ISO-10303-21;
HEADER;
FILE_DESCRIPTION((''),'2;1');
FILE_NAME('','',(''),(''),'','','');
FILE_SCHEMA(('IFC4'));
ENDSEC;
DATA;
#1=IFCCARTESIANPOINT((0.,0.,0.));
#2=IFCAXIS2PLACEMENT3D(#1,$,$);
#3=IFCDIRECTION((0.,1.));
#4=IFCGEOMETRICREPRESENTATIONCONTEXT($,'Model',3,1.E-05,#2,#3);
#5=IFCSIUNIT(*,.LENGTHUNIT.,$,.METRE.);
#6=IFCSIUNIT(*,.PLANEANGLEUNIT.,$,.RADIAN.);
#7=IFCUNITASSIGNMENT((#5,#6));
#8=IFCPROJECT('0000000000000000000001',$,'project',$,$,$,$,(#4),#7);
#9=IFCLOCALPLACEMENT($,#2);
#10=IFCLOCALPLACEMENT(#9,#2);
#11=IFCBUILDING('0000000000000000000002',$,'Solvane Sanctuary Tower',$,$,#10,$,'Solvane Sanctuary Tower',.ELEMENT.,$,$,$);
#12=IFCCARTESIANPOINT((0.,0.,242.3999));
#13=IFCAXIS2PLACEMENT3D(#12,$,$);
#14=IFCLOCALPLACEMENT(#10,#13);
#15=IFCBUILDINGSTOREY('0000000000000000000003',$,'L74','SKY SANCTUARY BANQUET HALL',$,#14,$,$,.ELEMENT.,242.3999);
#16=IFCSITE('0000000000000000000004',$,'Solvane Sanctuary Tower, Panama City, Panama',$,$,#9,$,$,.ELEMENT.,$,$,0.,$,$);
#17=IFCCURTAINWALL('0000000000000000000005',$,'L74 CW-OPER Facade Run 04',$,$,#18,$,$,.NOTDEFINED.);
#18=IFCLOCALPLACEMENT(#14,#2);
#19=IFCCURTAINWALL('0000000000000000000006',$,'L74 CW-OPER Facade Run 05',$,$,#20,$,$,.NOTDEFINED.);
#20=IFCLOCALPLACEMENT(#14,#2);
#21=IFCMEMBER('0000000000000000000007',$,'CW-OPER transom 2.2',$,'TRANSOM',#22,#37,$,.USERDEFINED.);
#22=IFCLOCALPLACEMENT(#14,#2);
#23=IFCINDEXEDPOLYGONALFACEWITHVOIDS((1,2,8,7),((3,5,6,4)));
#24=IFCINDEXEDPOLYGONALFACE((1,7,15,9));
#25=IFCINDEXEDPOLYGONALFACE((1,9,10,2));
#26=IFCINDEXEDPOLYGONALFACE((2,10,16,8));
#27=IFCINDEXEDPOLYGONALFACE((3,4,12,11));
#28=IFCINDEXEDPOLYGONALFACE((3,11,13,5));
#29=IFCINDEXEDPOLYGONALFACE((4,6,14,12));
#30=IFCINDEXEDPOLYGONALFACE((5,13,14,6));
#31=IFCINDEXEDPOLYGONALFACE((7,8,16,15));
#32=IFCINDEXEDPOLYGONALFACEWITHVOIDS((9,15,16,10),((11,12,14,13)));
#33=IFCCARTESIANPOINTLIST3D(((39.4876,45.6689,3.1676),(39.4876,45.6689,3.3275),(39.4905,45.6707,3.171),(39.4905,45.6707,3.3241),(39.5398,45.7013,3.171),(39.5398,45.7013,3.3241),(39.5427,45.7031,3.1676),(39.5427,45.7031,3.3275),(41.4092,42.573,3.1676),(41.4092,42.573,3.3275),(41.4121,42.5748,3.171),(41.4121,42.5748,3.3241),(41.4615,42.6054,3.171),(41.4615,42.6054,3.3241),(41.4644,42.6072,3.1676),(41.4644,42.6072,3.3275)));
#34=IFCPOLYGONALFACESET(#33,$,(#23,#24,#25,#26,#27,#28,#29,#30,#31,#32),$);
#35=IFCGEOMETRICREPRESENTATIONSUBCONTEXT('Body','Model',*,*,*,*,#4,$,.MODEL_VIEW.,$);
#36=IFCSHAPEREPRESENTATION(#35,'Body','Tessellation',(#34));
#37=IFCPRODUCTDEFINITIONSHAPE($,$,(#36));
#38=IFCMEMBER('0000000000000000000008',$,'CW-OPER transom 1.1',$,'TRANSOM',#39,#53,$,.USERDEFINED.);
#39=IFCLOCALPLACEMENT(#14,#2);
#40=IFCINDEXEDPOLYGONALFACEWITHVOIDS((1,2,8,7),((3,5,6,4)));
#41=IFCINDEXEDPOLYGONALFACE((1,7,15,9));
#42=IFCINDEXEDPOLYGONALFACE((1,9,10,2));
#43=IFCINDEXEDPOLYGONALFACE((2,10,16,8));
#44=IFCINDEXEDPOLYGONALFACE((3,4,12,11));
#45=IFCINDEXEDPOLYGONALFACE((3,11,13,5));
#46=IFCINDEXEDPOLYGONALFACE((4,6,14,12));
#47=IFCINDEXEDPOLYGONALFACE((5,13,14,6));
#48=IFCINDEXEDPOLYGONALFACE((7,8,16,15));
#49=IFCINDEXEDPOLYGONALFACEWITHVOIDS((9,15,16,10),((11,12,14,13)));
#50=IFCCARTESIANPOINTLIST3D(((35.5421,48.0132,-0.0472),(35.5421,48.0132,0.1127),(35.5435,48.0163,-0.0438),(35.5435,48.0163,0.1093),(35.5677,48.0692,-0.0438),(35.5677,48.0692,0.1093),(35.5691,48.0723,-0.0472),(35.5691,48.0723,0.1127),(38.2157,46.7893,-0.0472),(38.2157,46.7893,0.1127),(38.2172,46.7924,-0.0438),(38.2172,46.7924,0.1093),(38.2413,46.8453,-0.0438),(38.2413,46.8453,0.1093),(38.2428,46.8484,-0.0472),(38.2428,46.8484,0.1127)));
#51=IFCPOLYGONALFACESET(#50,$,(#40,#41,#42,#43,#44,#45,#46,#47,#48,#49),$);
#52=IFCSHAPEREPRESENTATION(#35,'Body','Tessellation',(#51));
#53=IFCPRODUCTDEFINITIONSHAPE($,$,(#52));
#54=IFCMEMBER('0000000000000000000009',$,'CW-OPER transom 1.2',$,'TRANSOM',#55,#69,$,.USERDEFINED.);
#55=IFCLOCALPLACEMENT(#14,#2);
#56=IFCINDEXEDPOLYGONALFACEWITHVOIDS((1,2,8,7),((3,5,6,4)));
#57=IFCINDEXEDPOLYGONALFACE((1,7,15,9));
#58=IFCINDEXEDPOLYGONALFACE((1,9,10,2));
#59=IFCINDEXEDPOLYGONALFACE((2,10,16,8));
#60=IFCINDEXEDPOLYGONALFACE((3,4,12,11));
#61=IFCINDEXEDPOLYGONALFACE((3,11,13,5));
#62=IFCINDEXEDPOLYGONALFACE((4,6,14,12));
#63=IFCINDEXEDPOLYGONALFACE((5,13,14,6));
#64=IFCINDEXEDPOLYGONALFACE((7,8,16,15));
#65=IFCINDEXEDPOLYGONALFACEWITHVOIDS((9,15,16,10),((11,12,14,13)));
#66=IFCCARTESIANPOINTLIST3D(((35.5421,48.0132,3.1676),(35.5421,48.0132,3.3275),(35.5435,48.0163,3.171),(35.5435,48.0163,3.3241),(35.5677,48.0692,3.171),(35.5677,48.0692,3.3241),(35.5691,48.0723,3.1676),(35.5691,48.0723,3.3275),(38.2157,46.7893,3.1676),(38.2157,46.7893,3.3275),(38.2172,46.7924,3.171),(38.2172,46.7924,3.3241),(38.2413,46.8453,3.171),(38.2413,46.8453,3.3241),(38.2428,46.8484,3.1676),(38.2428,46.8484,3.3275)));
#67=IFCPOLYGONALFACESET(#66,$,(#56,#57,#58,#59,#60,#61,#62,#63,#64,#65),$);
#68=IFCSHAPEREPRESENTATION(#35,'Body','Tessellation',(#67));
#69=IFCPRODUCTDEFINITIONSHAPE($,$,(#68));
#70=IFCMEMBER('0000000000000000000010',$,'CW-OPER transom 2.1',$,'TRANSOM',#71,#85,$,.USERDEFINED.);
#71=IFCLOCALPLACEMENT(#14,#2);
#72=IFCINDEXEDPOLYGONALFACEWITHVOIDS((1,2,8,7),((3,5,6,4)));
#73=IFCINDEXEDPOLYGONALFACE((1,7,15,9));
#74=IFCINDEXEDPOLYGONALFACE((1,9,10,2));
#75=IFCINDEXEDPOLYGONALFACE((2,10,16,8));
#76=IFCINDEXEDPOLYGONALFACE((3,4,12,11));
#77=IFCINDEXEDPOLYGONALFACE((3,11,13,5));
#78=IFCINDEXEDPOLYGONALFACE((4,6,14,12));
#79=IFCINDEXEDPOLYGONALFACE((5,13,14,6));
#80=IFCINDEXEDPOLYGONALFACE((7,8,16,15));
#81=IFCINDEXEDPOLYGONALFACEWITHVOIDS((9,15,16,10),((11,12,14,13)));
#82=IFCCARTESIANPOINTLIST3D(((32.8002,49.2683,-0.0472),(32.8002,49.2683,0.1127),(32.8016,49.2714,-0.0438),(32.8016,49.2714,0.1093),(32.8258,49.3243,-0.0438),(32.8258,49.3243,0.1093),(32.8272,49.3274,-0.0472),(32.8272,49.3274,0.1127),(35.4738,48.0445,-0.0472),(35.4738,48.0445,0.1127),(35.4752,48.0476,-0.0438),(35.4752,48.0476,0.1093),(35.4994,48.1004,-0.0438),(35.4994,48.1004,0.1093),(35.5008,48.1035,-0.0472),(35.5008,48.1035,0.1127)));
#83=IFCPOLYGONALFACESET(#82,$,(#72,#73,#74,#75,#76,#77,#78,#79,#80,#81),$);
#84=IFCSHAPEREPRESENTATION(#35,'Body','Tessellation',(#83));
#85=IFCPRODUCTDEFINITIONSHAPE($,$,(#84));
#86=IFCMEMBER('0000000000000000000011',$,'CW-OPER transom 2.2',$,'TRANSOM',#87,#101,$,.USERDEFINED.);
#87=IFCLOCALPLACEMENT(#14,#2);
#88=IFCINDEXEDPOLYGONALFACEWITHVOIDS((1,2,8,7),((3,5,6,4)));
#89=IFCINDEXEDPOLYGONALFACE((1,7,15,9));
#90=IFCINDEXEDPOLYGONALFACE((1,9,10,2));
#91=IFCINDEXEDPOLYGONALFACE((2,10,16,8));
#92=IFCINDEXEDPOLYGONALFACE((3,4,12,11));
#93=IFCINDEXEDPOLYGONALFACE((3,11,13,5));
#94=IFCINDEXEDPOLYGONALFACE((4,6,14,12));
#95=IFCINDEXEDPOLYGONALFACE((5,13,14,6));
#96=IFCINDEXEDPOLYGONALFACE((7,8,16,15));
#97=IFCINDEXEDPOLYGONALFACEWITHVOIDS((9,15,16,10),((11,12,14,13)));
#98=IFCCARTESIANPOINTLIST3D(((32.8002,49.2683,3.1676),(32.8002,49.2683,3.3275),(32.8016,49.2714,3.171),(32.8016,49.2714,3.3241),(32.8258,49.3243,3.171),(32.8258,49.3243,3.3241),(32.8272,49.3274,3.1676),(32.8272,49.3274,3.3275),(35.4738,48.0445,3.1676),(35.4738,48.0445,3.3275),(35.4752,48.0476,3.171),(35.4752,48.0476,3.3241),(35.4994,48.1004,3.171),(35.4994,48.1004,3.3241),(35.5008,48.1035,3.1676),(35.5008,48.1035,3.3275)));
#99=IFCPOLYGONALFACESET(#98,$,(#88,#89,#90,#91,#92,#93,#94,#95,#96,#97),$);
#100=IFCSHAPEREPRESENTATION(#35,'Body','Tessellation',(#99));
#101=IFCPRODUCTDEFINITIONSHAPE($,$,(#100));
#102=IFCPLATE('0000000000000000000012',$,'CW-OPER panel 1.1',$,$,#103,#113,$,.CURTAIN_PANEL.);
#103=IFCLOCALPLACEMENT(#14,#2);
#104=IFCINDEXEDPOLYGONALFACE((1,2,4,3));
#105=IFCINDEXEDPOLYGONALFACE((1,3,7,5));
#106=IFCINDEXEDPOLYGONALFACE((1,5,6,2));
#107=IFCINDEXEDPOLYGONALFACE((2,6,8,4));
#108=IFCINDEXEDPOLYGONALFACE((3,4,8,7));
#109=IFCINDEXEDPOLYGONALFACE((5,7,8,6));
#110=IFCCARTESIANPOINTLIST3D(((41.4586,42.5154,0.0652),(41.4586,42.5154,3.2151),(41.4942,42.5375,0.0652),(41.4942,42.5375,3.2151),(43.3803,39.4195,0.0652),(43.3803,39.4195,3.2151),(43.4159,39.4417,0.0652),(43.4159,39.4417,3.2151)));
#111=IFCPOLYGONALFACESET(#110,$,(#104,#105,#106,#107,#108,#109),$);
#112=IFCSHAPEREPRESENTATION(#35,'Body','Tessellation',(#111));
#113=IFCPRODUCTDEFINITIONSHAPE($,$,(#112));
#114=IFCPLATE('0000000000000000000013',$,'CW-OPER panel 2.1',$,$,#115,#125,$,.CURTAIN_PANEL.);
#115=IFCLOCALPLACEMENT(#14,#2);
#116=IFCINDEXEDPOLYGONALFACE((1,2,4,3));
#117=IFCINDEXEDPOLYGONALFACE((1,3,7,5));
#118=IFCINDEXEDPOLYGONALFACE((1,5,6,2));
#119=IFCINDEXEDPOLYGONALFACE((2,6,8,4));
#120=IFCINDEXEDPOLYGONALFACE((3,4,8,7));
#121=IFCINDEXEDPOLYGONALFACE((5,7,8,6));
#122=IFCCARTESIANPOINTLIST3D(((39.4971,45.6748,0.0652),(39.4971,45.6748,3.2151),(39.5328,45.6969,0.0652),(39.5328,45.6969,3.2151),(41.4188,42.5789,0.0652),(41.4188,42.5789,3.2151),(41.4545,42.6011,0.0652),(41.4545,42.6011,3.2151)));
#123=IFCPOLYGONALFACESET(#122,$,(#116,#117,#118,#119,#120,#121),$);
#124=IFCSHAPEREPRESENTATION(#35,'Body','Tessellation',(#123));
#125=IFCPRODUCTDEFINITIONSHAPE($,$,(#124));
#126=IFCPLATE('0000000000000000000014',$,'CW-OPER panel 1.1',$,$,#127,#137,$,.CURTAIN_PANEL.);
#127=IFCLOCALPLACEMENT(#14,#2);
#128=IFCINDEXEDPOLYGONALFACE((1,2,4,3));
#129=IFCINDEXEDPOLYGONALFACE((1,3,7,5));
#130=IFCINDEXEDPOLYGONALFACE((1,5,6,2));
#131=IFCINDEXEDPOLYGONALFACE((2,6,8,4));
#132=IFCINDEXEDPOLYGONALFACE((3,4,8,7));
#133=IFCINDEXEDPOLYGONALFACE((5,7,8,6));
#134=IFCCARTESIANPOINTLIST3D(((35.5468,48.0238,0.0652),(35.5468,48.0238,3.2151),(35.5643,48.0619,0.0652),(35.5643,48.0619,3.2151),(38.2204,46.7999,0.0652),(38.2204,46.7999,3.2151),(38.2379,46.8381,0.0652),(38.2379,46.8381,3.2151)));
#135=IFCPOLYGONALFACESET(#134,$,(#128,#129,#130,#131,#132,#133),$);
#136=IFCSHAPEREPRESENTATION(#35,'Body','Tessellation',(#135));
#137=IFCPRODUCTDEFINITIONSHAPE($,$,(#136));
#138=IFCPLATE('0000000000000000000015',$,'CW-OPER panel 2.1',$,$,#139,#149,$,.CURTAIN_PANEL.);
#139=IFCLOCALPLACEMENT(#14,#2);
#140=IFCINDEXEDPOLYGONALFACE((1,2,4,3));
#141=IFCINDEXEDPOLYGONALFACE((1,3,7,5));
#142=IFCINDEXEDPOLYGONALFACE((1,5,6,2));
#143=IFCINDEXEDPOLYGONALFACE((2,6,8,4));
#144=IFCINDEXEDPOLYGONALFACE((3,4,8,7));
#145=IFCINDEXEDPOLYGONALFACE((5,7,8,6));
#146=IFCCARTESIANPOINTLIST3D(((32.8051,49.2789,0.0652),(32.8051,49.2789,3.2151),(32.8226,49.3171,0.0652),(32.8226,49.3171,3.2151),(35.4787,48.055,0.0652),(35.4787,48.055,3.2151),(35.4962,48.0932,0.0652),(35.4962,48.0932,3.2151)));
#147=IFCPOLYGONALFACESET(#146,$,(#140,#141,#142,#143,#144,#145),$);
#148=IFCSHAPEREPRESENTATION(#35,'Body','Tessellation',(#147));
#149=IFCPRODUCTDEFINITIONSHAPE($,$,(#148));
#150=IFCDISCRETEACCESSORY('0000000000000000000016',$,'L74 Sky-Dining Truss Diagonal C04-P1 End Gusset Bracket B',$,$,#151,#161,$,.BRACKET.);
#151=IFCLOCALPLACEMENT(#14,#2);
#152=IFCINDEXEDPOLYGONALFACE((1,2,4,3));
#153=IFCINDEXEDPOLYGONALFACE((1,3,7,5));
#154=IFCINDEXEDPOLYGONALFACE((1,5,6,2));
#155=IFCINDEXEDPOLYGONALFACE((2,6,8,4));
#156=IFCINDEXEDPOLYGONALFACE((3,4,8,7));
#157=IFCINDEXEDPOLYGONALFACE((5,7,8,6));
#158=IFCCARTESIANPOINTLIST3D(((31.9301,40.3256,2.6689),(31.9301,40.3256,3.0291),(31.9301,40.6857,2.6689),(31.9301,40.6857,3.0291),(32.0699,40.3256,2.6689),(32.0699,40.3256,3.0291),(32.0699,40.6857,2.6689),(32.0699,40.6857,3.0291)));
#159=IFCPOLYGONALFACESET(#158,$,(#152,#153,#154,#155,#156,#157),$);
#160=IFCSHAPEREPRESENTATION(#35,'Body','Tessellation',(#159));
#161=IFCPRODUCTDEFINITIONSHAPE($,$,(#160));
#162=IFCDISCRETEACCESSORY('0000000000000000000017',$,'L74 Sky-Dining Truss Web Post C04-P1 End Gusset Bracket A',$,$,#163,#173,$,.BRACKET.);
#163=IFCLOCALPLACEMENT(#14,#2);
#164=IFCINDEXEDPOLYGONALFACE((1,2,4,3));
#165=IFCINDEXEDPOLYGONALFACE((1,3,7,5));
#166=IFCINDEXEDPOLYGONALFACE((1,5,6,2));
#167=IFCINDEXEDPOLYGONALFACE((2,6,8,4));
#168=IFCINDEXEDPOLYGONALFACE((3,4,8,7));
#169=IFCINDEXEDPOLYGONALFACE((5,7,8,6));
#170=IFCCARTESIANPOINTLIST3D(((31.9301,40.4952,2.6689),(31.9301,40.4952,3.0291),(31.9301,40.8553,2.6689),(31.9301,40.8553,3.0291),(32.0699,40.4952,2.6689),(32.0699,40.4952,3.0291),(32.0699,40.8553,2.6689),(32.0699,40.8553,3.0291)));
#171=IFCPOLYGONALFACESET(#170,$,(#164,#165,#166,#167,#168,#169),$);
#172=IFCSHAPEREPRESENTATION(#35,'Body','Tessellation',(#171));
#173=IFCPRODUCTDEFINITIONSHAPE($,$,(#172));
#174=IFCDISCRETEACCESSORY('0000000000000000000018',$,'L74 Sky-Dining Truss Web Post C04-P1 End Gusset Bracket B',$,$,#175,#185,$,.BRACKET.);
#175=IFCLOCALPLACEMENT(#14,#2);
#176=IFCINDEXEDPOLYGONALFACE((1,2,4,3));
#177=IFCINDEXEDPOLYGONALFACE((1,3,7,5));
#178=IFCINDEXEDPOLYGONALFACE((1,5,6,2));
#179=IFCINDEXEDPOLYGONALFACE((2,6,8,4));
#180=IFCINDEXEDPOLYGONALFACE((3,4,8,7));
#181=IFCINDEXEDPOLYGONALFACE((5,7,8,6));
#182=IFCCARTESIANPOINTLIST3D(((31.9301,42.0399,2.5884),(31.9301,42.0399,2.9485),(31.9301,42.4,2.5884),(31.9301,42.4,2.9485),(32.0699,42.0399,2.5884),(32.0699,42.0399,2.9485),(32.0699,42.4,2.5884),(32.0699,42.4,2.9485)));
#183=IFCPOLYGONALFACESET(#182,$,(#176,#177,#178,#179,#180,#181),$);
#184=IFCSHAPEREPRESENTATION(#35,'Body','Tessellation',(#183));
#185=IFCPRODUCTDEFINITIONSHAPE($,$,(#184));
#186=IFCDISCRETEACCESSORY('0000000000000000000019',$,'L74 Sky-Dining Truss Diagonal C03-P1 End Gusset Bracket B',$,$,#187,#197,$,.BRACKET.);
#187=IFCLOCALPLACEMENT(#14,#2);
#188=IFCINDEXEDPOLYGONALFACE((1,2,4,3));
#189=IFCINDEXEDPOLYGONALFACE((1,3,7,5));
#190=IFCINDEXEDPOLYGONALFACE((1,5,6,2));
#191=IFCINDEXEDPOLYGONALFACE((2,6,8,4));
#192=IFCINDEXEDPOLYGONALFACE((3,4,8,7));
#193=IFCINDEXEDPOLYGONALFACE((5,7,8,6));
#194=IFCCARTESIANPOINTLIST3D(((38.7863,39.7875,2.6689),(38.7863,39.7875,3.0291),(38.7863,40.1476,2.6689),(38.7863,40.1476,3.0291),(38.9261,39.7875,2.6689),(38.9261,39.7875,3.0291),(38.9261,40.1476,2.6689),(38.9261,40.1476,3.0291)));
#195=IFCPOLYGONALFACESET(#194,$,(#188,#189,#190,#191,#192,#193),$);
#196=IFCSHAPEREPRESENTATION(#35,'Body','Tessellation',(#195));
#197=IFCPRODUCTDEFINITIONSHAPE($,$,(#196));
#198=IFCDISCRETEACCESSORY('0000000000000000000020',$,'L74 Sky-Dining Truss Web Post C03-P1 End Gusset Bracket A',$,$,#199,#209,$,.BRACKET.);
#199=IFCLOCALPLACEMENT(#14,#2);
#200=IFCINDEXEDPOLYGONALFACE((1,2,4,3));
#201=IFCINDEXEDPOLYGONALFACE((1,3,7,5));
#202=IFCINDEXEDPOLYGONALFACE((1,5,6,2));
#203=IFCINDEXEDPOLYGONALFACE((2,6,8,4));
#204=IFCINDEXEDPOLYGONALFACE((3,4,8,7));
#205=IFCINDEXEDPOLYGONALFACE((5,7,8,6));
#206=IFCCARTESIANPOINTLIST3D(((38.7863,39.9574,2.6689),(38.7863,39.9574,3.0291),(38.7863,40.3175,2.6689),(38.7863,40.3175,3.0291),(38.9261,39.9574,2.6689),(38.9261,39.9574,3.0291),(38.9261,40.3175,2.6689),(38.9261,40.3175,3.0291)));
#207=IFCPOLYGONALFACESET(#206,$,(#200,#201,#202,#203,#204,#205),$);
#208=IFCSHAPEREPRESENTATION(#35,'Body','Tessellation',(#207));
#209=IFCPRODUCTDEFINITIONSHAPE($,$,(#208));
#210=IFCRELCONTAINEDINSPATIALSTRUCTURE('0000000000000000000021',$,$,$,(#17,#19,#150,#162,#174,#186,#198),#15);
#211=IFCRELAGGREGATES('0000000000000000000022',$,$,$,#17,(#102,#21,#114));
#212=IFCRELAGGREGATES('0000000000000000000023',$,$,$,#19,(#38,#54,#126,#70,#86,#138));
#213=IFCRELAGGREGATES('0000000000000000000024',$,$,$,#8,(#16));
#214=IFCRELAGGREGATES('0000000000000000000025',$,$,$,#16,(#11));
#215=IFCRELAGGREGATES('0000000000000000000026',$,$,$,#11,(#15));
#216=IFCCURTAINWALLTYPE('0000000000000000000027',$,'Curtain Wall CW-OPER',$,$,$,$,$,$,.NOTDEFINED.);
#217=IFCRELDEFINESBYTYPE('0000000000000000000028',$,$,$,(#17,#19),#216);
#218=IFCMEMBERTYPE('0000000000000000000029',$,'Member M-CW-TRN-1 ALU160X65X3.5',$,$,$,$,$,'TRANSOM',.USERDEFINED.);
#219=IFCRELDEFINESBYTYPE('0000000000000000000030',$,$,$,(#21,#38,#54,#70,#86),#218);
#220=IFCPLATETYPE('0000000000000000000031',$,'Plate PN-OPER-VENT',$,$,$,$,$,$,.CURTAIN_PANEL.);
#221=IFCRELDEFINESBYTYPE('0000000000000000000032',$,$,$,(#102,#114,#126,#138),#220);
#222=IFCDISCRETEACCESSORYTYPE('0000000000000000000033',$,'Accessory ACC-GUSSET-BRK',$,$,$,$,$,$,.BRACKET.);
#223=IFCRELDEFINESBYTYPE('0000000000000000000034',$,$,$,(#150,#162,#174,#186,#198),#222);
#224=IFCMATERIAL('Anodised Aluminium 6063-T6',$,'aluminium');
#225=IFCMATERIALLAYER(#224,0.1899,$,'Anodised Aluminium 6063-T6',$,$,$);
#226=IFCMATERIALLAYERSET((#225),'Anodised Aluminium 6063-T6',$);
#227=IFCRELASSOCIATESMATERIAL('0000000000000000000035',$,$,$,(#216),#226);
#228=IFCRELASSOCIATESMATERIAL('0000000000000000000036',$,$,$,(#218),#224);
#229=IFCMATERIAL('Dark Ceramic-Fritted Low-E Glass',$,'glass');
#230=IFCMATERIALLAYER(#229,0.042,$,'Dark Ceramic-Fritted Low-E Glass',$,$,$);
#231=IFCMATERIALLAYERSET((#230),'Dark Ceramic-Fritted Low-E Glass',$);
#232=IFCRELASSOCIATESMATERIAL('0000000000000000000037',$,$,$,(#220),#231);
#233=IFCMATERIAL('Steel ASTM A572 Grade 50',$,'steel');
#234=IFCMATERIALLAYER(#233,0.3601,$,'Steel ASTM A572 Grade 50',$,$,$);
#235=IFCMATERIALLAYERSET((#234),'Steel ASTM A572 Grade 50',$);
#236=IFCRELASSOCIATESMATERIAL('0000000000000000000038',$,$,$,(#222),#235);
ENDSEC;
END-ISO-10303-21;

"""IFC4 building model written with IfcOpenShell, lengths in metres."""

from ifc_helpers import new_model, si_unit, direction, frame, origin, origin_2d, place, context, subcontext, project, spatial, rectangle, hollow_rectangle, extrude, material, layer, layer_set, material_profile, profile_set, type_object, element, aggregate, save


model = new_model("IFC4")

# Units and contexts
model_context = context("Model", 3, precision=1e-05, world=origin(), true_north=direction((0.0, 1.0)))
body_context = subcontext(model_context, "Body", "Model", "MODEL_VIEW")
ifc_project = project(units=[si_unit("LENGTHUNIT", "METRE"), si_unit("PLANEANGLEUNIT", "RADIAN")], contexts=[model_context])

# Site, building, storey
site_placement = place(None, origin())
site = spatial("IfcSite", under=ifc_project, at=site_placement, Name="Solvane Sanctuary Tower, Panama City, Panama", CompositionType="ELEMENT", RefElevation=0.0)
building_placement = place(site_placement, origin())
building = spatial("IfcBuilding", under=site, at=building_placement, Name="Solvane Sanctuary Tower", LongName="Solvane Sanctuary Tower", CompositionType="ELEMENT")
storey_placement = place(building_placement, frame((0.0, 0.0, 242.3999)))
storey = spatial("IfcBuildingStorey", under=building, at=storey_placement, Name="L74", Description="SKY SANCTUARY BANQUET HALL", CompositionType="ELEMENT", Elevation=242.3999)

# Curtain walls
ifc_material_1 = material(Name="Anodised Aluminium 6063-T6", Category="aluminium")
ifc_layer_1 = layer(ifc_material_1, 0.1899, Name="Anodised Aluminium 6063-T6")
ifc_layer_set_1 = layer_set([ifc_layer_1], Name="Anodised Aluminium 6063-T6")
curtain_wall_type = type_object("IfcCurtainWallType", Name="Curtain Wall CW-OPER", PredefinedType="NOTDEFINED", material=ifc_layer_set_1)
curtain_wall_1_placement = place(storey_placement, origin())
curtain_wall_1 = element("IfcCurtainWall", 1, at=curtain_wall_1_placement, inside=storey, type_object=curtain_wall_type, Name="L74 CW-OPER Facade Run 04", PredefinedType="NOTDEFINED")
curtain_wall_2_placement = place(storey_placement, origin())
curtain_wall_2 = element("IfcCurtainWall", 2, at=curtain_wall_2_placement, inside=storey, type_object=curtain_wall_type, Name="L74 CW-OPER Facade Run 05", PredefinedType="NOTDEFINED")

# Members
ifc_material_profile_1 = material_profile(ifc_material_1, hollow_rectangle(XDim=0.0649, YDim=0.1599, WallThickness=0.0034, at=origin_2d()), Name="ALU160X65X3.5")
ifc_profile_set_1 = profile_set([ifc_material_profile_1], Name="Anodised Aluminium 6063-T6")
member_type_1 = type_object("IfcMemberType", Name="Member M-CW-TRN-1 ALU160X65X3.5", ElementType="TRANSOM", PredefinedType="USERDEFINED", material=ifc_profile_set_1)
member_1_placement = place(storey_placement, frame((41.4368, 42.5901, 3.2476), z_axis=(-0.527365, 0.849639, 0.0), x_axis=(-0.849639, -0.527365, 0.0)))
member_1 = element("IfcMember", 3, at=member_1_placement, type_object=member_type_1, Name="CW-OPER transom 2.2", ObjectType="TRANSOM", PredefinedType="USERDEFINED", context=body_context, shape_type="SweptSolid", body=[
    extrude(hollow_rectangle(XDim=0.0649, YDim=0.1599, WallThickness=0.0034, at=origin_2d()), origin(), (0.0, 0.0, 1.0), 3.6438),
])
member_2_placement = place(storey_placement, frame((38.2292, 46.8188, 0.0327), z_axis=(-0.90926, 0.416229, 0.0), x_axis=(-0.416229, -0.90926, 0.0)))
member_2 = element("IfcMember", 4, at=member_2_placement, type_object=member_type_1, Name="CW-OPER transom 1.1", ObjectType="TRANSOM", PredefinedType="USERDEFINED", context=body_context, shape_type="SweptSolid", body=[
    extrude(hollow_rectangle(XDim=0.0649, YDim=0.1599, WallThickness=0.0034, at=origin_2d()), origin(), (0.0, 0.0, 1.0), 2.9404),
])
member_3_placement = place(storey_placement, frame((38.2292, 46.8188, 3.2476), z_axis=(-0.90926, 0.416229, 0.0), x_axis=(-0.416229, -0.90926, 0.0)))
member_3 = element("IfcMember", 5, at=member_3_placement, type_object=member_type_1, Name="CW-OPER transom 1.2", ObjectType="TRANSOM", PredefinedType="USERDEFINED", context=body_context, shape_type="SweptSolid", body=[
    extrude(hollow_rectangle(XDim=0.0649, YDim=0.1599, WallThickness=0.0034, at=origin_2d()), origin(), (0.0, 0.0, 1.0), 2.9404),
])
member_4_placement = place(storey_placement, frame((35.4873, 48.074, 0.0327), z_axis=(-0.90926, 0.416229, 0.0), x_axis=(-0.416229, -0.90926, 0.0)))
member_4 = element("IfcMember", 6, at=member_4_placement, type_object=member_type_1, Name="CW-OPER transom 2.1", ObjectType="TRANSOM", PredefinedType="USERDEFINED", context=body_context, shape_type="SweptSolid", body=[
    extrude(hollow_rectangle(XDim=0.0649, YDim=0.1599, WallThickness=0.0034, at=origin_2d()), origin(), (0.0, 0.0, 1.0), 2.9404),
])
member_5_placement = place(storey_placement, frame((35.4873, 48.074, 3.2476), z_axis=(-0.90926, 0.416229, 0.0), x_axis=(-0.416229, -0.90926, 0.0)))
member_5 = element("IfcMember", 7, at=member_5_placement, type_object=member_type_1, Name="CW-OPER transom 2.2", ObjectType="TRANSOM", PredefinedType="USERDEFINED", context=body_context, shape_type="SweptSolid", body=[
    extrude(hollow_rectangle(XDim=0.0649, YDim=0.1599, WallThickness=0.0034, at=origin_2d()), origin(), (0.0, 0.0, 1.0), 2.9404),
])

# Plates
ifc_material_2 = material(Name="Dark Ceramic-Fritted Low-E Glass", Category="glass")
ifc_layer_2 = layer(ifc_material_2, 0.042, Name="Dark Ceramic-Fritted Low-E Glass")
ifc_layer_set_2 = layer_set([ifc_layer_2], Name="Dark Ceramic-Fritted Low-E Glass")
plate_type = type_object("IfcPlateType", Name="Plate PN-OPER-VENT", PredefinedType="CURTAIN_PANEL", material=ifc_layer_set_2)
plate_1_placement = place(storey_placement, frame((42.4373, 40.9785, 0.0652), z_axis=(0.0, 0.0, 1.0), x_axis=(-0.527392, 0.849622, 0.0)))
plate_1 = element("IfcPlate", 8, at=plate_1_placement, type_object=plate_type, Name="CW-OPER panel 1.1", PredefinedType="CURTAIN_PANEL", context=body_context, shape_type="SweptSolid", body=[
    extrude(rectangle(XDim=3.6438, YDim=0.042, at=origin_2d()), origin(), (0.0, 0.0, 1.0), 3.1499),
])
plate_2_placement = place(storey_placement, frame((40.4758, 44.1379, 0.0652), z_axis=(0.0, 0.0, 1.0), x_axis=(-0.527392, 0.849622, 0.0)))
plate_2 = element("IfcPlate", 9, at=plate_2_placement, type_object=plate_type, Name="CW-OPER panel 2.1", PredefinedType="CURTAIN_PANEL", context=body_context, shape_type="SweptSolid", body=[
    extrude(rectangle(XDim=3.6438, YDim=0.042, at=origin_2d()), origin(), (0.0, 0.0, 1.0), 3.1499),
])
aggregate(curtain_wall_1, [plate_1, member_1, plate_2])
plate_3_placement = place(storey_placement, frame((36.8923, 47.4309, 0.0652), z_axis=(0.0, 0.0, 1.0), x_axis=(-0.909262, 0.416225, 0.0)))
plate_3 = element("IfcPlate", 10, at=plate_3_placement, type_object=plate_type, Name="CW-OPER panel 1.1", PredefinedType="CURTAIN_PANEL", context=body_context, shape_type="SweptSolid", body=[
    extrude(rectangle(XDim=2.9404, YDim=0.042, at=origin_2d()), origin(), (0.0, 0.0, 1.0), 3.1499),
])
plate_4_placement = place(storey_placement, frame((34.1506, 48.686, 0.0652), z_axis=(0.0, 0.0, 1.0), x_axis=(-0.909262, 0.416225, 0.0)))
plate_4 = element("IfcPlate", 11, at=plate_4_placement, type_object=plate_type, Name="CW-OPER panel 2.1", PredefinedType="CURTAIN_PANEL", context=body_context, shape_type="SweptSolid", body=[
    extrude(rectangle(XDim=2.9404, YDim=0.042, at=origin_2d()), origin(), (0.0, 0.0, 1.0), 3.1499),
])
aggregate(curtain_wall_2, [member_2, member_3, plate_3, member_4, member_5, plate_4])

# Discrete accessories
ifc_material_3 = material(Name="Steel ASTM A572 Grade 50", Category="steel")
ifc_layer_3 = layer(ifc_material_3, 0.3601, Name="Steel ASTM A572 Grade 50")
ifc_layer_set_3 = layer_set([ifc_layer_3], Name="Steel ASTM A572 Grade 50")
discrete_accessory_type = type_object("IfcDiscreteAccessoryType", Name="Accessory ACC-GUSSET-BRK", PredefinedType="BRACKET", material=ifc_layer_set_3)
for number, where, z_axis, x_axis, name in (
    (12, (32.0, 40.5056, 2.6689), (0.0, 0.0, 1.0), (0.0, 1.0, 0.0), "L74 Sky-Dining Truss Diagonal C04-P1 End Gusset Bracket B"),
    (13, (32.0, 40.6753, 2.6689), (0.0, 0.0, 1.0), (0.0, 1.0, 0.0), "L74 Sky-Dining Truss Web Post C04-P1 End Gusset Bracket A"),
    (14, (32.0, 42.22, 2.5884), (0.0, 0.0, 1.0), (0.0, 1.0, 0.0), "L74 Sky-Dining Truss Web Post C04-P1 End Gusset Bracket B"),
    (15, (38.8562, 39.9675, 2.6689), (0.0, 0.0, 1.0), (0.0, 1.0, 0.0), "L74 Sky-Dining Truss Diagonal C03-P1 End Gusset Bracket B"),
    (16, (38.8562, 40.1375, 2.6689), (0.0, 0.0, 1.0), (0.0, 1.0, 0.0), "L74 Sky-Dining Truss Web Post C03-P1 End Gusset Bracket A"),
):
    element("IfcDiscreteAccessory", number, at=place(storey_placement, frame(where, z_axis=z_axis, x_axis=x_axis)), inside=storey, type_object=discrete_accessory_type, Name=name, PredefinedType="BRACKET", context=body_context, shape_type="SweptSolid", body=[
        extrude(rectangle(XDim=0.3601, YDim=0.1399, at=origin_2d()), origin(), (0.0, 0.0, 1.0), 0.3601),
    ])

save(model, "model.ifc")
